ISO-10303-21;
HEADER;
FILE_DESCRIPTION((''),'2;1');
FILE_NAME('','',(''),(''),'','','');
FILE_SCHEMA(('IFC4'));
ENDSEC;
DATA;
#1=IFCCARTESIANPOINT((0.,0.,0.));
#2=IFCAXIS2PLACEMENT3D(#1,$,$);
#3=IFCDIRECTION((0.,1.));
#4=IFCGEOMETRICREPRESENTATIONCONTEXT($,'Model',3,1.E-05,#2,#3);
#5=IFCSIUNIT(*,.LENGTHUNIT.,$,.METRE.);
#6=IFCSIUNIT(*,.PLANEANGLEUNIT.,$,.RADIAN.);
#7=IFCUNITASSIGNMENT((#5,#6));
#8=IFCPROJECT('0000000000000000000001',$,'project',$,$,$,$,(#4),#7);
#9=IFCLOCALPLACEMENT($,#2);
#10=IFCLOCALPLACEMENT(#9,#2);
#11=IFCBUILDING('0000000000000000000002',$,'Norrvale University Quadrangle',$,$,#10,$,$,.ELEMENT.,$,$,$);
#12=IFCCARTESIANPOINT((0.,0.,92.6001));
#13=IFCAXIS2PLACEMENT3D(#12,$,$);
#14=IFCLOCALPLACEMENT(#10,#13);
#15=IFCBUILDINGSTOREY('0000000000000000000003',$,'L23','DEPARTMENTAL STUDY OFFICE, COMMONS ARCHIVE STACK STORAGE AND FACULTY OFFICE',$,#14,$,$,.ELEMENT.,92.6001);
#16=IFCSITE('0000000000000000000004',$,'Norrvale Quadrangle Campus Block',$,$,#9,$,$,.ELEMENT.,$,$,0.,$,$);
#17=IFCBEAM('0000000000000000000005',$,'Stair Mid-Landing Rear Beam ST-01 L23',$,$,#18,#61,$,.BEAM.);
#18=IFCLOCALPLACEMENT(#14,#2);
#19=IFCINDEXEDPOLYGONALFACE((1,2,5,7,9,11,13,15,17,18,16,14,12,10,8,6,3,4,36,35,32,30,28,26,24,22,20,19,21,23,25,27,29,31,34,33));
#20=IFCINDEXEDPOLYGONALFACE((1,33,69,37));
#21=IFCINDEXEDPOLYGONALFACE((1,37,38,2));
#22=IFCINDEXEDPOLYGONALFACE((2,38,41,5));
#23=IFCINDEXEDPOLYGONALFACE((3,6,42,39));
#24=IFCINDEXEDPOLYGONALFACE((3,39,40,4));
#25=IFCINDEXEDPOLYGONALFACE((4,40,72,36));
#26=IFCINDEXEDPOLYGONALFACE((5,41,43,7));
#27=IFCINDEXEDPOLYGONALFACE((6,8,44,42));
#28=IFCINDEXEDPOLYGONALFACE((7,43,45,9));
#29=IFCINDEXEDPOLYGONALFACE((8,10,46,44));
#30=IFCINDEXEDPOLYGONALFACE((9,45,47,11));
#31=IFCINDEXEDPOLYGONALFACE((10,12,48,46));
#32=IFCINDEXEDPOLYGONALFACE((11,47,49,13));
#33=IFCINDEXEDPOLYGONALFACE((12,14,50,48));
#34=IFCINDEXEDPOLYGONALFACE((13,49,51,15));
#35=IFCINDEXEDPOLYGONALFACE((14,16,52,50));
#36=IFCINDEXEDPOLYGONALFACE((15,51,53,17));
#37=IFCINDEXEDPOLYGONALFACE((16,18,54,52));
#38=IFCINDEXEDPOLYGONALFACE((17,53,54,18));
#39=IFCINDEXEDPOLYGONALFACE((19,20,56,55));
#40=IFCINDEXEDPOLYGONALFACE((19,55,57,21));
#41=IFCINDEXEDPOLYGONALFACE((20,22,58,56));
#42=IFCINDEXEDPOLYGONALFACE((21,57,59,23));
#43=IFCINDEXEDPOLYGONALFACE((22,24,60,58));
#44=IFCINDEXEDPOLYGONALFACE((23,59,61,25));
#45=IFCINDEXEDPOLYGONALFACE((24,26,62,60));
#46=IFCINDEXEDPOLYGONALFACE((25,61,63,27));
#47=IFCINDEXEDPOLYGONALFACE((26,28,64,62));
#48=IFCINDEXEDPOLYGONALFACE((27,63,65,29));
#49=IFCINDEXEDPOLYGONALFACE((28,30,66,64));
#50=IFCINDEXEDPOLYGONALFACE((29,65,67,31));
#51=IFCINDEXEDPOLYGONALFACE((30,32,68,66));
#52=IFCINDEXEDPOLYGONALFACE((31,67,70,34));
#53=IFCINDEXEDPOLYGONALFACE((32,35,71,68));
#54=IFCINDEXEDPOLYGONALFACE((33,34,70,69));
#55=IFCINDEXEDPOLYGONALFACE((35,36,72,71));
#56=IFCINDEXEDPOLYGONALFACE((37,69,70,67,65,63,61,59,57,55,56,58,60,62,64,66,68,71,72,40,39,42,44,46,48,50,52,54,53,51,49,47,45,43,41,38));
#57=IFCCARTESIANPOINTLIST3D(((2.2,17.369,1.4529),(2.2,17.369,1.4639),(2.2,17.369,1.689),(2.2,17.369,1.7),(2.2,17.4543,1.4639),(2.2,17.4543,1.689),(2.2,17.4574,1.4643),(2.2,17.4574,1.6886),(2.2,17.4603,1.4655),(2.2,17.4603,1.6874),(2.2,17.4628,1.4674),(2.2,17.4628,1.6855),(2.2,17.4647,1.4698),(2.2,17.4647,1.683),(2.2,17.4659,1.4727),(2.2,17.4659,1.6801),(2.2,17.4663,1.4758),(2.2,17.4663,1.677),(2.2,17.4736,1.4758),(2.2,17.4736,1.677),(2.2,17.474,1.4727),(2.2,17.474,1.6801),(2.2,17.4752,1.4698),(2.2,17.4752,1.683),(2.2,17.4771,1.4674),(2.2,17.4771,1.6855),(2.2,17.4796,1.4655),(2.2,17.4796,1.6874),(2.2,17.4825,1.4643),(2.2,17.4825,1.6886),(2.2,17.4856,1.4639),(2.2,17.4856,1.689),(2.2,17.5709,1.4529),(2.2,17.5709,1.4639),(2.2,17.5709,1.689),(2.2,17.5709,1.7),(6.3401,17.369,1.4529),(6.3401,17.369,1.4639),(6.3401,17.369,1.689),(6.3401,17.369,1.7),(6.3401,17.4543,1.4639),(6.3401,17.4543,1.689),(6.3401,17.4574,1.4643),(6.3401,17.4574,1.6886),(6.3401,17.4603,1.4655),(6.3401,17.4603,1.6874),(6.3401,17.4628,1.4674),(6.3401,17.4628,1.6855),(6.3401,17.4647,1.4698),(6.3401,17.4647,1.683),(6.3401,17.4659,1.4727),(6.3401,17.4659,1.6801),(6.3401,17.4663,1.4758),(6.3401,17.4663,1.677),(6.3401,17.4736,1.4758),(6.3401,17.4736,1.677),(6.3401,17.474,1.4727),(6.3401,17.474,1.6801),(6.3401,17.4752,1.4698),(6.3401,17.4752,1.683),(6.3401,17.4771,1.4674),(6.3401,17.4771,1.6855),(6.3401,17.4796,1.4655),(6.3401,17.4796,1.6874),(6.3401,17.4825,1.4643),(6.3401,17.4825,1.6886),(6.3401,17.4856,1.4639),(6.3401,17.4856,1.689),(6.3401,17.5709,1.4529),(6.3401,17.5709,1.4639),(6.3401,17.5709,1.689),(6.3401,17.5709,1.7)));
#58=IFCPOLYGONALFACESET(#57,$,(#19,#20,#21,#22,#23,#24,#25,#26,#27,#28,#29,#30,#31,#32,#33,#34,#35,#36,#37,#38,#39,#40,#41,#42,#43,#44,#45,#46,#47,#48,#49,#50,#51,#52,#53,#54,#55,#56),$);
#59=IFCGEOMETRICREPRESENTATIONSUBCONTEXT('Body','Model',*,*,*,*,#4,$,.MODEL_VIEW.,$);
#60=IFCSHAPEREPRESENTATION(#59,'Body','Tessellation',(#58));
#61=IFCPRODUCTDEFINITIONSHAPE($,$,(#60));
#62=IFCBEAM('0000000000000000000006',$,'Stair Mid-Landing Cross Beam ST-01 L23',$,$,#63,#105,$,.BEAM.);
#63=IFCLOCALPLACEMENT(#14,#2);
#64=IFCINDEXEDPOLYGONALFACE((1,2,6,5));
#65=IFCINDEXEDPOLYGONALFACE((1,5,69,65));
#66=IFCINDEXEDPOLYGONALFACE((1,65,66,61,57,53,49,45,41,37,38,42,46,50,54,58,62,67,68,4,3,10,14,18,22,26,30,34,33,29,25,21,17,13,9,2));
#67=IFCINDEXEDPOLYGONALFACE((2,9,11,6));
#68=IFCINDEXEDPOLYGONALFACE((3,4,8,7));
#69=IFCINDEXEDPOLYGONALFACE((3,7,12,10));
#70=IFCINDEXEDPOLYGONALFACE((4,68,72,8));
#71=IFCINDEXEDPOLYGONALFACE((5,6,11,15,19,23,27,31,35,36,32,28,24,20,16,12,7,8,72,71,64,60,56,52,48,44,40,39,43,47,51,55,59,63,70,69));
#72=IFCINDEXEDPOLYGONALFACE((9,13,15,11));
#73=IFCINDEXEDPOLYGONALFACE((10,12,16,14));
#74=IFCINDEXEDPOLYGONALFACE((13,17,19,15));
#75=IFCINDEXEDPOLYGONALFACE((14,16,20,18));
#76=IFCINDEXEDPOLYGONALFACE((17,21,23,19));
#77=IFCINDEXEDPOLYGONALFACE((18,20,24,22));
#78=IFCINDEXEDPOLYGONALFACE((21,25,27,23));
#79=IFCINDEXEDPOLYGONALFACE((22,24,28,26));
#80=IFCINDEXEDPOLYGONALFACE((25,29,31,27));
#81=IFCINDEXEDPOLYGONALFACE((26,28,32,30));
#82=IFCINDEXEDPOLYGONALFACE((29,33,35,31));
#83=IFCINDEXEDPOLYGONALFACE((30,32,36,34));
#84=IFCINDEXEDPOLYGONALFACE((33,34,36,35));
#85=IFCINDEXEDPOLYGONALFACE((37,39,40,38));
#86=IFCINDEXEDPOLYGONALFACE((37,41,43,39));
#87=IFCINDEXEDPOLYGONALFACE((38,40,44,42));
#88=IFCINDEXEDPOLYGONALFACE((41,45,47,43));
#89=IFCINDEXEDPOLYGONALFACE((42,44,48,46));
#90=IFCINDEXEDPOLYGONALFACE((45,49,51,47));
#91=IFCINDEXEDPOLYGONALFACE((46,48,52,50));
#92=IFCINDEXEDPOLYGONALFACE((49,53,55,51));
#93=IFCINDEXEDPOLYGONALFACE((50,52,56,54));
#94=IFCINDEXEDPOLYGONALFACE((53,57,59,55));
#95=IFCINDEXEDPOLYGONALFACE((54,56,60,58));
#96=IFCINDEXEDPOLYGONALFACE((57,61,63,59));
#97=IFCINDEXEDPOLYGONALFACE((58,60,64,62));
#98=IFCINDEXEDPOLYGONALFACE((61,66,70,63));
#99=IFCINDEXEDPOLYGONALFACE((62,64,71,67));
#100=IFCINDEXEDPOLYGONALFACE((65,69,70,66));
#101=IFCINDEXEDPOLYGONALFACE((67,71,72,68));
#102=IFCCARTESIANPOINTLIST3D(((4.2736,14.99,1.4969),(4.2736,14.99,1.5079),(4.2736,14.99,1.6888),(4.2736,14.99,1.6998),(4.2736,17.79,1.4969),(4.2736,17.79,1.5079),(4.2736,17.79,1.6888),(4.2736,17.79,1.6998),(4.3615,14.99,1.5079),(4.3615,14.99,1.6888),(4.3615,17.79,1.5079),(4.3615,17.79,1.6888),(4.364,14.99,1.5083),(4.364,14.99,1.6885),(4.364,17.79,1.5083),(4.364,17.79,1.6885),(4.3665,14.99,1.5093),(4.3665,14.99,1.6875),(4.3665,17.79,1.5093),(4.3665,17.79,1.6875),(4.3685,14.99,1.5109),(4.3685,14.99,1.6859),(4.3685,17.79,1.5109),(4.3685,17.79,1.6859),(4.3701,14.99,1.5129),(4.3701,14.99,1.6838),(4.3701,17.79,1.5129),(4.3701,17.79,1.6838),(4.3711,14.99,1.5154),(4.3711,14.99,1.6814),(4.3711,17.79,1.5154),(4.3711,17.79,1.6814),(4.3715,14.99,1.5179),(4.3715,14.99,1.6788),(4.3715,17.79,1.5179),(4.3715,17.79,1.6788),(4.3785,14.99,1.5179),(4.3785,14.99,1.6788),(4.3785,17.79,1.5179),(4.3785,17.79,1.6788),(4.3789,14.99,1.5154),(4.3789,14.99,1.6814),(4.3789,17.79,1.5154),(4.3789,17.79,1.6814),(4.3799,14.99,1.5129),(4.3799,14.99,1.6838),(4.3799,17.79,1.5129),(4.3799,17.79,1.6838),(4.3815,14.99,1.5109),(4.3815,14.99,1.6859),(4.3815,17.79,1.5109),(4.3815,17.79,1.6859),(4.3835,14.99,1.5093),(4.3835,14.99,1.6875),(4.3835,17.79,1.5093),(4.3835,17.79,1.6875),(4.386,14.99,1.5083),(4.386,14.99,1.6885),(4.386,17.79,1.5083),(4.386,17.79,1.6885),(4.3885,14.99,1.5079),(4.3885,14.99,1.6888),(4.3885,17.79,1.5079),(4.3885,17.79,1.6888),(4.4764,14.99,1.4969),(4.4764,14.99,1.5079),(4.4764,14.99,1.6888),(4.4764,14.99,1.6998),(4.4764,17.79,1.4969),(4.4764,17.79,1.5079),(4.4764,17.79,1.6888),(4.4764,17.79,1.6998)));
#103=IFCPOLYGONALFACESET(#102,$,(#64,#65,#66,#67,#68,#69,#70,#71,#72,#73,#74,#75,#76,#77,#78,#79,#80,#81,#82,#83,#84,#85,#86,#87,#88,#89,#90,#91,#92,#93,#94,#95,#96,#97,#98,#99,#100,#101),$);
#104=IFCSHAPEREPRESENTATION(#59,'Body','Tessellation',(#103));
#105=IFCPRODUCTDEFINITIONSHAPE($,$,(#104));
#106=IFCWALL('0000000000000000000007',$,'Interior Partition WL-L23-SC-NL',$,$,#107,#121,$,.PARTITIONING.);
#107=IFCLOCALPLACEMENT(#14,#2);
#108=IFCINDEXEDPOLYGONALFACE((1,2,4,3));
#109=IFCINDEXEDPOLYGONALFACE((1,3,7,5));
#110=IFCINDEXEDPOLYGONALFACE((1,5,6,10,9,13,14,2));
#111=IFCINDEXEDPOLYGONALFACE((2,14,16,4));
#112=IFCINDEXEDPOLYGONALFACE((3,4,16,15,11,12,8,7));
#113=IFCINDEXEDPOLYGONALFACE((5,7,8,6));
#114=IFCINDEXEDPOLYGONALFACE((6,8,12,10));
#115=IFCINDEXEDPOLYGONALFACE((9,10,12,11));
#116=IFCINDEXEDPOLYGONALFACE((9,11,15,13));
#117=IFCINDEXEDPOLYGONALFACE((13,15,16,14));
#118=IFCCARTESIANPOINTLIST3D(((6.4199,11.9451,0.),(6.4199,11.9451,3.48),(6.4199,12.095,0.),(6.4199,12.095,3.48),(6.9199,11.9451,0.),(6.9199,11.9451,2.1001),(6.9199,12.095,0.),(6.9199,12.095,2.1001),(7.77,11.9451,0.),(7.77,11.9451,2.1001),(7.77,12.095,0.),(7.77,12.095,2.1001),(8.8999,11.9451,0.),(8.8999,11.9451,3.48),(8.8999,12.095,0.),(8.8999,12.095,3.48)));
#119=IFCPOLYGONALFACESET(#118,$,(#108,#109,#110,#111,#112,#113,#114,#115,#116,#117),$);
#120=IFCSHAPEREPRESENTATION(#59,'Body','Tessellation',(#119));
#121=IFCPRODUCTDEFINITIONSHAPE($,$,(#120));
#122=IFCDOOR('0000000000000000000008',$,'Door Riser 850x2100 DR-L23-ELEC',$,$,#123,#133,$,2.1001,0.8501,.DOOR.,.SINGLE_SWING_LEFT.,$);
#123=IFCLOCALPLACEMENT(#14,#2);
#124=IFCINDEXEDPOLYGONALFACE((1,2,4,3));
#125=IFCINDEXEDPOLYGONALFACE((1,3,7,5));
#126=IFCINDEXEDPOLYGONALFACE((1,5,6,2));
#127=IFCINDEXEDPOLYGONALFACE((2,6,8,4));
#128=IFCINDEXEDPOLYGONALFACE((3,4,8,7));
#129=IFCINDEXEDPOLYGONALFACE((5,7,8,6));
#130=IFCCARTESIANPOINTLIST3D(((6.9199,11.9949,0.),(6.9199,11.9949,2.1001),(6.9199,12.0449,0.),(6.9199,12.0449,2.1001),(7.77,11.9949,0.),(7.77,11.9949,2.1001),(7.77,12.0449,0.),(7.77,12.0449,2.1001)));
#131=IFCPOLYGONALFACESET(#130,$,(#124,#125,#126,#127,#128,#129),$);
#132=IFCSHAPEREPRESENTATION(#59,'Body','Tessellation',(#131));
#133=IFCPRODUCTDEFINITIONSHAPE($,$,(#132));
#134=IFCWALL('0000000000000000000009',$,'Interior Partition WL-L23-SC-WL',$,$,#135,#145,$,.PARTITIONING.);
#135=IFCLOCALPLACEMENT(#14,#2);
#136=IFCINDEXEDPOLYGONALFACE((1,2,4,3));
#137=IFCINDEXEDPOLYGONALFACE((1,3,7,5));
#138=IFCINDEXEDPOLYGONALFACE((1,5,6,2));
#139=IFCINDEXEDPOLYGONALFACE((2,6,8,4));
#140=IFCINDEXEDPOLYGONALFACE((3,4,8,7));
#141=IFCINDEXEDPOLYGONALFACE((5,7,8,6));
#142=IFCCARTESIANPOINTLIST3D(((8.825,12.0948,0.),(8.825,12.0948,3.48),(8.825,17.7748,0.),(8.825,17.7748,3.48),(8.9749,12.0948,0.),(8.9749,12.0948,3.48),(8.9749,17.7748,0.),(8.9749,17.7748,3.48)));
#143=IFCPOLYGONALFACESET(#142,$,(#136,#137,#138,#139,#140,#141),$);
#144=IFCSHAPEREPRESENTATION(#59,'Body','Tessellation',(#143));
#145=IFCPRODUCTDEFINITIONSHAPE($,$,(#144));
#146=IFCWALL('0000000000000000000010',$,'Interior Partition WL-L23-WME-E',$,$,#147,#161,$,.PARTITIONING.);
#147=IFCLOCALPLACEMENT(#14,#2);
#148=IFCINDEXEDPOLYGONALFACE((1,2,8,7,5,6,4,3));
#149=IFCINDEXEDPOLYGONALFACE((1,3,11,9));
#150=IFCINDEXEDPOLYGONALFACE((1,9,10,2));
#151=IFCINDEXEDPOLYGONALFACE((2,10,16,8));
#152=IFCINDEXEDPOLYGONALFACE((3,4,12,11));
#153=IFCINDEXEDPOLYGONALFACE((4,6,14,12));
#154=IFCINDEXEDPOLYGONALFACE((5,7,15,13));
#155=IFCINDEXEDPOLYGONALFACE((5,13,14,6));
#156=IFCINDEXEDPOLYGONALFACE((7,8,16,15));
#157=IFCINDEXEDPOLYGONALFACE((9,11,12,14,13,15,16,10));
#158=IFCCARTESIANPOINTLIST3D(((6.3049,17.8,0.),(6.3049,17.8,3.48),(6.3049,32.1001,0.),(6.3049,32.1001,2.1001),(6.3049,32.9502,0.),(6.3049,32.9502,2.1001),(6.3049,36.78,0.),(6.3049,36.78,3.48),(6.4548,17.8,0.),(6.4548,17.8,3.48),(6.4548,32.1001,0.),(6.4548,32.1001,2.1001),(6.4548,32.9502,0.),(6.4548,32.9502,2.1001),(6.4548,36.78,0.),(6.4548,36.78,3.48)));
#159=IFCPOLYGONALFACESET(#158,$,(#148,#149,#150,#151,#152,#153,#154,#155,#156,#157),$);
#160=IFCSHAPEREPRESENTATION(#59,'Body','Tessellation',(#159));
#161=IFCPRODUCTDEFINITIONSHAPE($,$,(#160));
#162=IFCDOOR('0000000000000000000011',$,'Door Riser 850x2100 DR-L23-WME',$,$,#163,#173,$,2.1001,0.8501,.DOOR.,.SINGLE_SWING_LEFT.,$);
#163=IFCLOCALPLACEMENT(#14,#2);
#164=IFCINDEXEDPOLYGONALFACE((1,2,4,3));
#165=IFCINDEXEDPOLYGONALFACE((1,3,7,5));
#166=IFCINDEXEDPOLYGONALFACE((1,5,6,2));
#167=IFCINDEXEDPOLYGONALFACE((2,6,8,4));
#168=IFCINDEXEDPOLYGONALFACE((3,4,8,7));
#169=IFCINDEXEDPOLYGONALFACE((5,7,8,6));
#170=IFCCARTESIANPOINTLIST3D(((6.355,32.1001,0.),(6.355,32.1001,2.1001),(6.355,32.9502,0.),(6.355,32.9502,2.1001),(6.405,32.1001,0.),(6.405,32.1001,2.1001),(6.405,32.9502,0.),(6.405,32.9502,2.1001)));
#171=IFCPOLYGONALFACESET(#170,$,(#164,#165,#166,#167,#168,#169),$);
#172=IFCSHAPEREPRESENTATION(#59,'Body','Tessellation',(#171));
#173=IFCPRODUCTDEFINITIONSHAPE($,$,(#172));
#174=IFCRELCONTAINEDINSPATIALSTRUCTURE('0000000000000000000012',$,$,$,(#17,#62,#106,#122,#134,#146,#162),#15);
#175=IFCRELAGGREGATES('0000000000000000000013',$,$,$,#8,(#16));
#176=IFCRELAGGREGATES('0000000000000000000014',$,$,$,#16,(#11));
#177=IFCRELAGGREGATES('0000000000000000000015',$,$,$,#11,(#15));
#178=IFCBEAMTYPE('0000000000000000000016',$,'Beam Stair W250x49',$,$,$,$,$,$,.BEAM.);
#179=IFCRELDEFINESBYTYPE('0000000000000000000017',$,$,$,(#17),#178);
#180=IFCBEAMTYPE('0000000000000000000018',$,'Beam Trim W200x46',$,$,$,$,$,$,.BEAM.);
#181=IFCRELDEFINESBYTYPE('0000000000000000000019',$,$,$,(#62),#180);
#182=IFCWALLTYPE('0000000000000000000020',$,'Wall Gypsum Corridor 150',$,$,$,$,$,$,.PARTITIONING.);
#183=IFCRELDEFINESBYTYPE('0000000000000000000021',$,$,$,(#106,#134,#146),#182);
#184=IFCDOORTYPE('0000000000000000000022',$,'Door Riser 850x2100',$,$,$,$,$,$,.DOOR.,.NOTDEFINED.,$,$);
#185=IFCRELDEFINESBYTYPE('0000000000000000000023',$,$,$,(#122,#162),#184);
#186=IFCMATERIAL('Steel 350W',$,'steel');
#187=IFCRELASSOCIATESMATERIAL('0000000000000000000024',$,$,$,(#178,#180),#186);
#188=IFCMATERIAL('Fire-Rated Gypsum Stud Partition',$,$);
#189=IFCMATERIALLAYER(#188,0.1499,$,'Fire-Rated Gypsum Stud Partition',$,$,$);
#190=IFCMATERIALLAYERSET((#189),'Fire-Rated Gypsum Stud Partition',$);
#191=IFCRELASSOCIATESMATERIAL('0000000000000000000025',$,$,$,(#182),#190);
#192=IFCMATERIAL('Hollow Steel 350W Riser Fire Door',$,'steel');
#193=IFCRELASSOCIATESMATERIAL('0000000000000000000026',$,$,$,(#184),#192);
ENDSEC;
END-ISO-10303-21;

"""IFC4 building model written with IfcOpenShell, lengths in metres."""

from ifc_helpers import new_model, si_unit, direction, frame, frame_2d, origin, origin_2d, place, context, subcontext, project, spatial, rectangle, i_section, extrude, material, layer, layer_set, material_profile, profile_set, type_object, element, fill, save


model = new_model("IFC4")

# Units and contexts
model_context = context("Model", 3, precision=1e-05, world=origin(), true_north=direction((0.0, 1.0)))
body_context = subcontext(model_context, "Body", "Model", "MODEL_VIEW")
ifc_project = project(units=[si_unit("LENGTHUNIT", "METRE"), si_unit("PLANEANGLEUNIT", "RADIAN")], contexts=[model_context])

# Site, building, storey
site_placement = place(None, origin())
site = spatial("IfcSite", under=ifc_project, at=site_placement, Name="Norrvale Quadrangle Campus Block", CompositionType="ELEMENT", RefElevation=0.0)
building_placement = place(site_placement, origin())
building = spatial("IfcBuilding", under=site, at=building_placement, Name="Norrvale University Quadrangle", CompositionType="ELEMENT")
storey_placement = place(building_placement, frame((0.0, 0.0, 92.6001)))
storey = spatial("IfcBuildingStorey", under=building, at=storey_placement, Name="L23", Description="DEPARTMENTAL STUDY OFFICE, COMMONS ARCHIVE STACK STORAGE AND FACULTY OFFICE", CompositionType="ELEMENT", Elevation=92.6001)

# Beams
ifc_material_1 = material(Name="Steel 350W", Category="steel")
ifc_material_profile_1 = material_profile(ifc_material_1, i_section(OverallWidth=0.2019, OverallDepth=0.2471, WebThickness=0.0073, FlangeThickness=0.011, FilletRadius=0.012, at=origin_2d()), Name="Steel 350W")
ifc_profile_set_1 = profile_set([ifc_material_profile_1], Name="Steel 350W")
beam_type_1 = type_object("IfcBeamType", Name="Beam Stair W250x49", PredefinedType="BEAM", material=ifc_profile_set_1)
for number, where, z_axis, x_axis, name in (
    (1, (2.2, 17.47, 1.5764), (1.0, 0.0, 0.0), (0.0, 1.0, 0.0), "Stair Mid-Landing Rear Beam ST-01 L23"),
):
    element("IfcBeam", number, at=place(storey_placement, frame(where, z_axis=z_axis, x_axis=x_axis)), inside=storey, type_object=beam_type_1, Name=name, PredefinedType="BEAM", context=body_context, shape_type="SweptSolid", body=[
        extrude(i_section(OverallWidth=0.2019, OverallDepth=0.2471, WebThickness=0.0073, FlangeThickness=0.011, FilletRadius=0.012, at=origin_2d()), origin(), (0.0, 0.0, 1.0), 4.1401),
    ])
ifc_material_profile_2 = material_profile(ifc_material_1, i_section(OverallWidth=0.2029, OverallDepth=0.2029, WebThickness=0.0071, FlangeThickness=0.011, FilletRadius=0.01, at=origin_2d()), Name="Steel 350W")
ifc_profile_set_2 = profile_set([ifc_material_profile_2], Name="Steel 350W")
beam_type_2 = type_object("IfcBeamType", Name="Beam Trim W200x46", PredefinedType="BEAM", material=ifc_profile_set_2)
beam_1_placement = place(storey_placement, frame((4.375, 14.99, 1.5984), z_axis=(0.0, 1.0, 0.0), x_axis=(-1.0, 0.0, 0.0)))
element("IfcBeam", 2, at=beam_1_placement, inside=storey, type_object=beam_type_2, Name="Stair Mid-Landing Cross Beam ST-01 L23", PredefinedType="BEAM", context=body_context, shape_type="SweptSolid", body=[
    extrude(i_section(OverallWidth=0.2029, OverallDepth=0.2029, WebThickness=0.0071, FlangeThickness=0.011, FilletRadius=0.01, at=origin_2d()), origin(), (0.0, 0.0, 1.0), 2.8),
])

# Wall, opening, door
ifc_material_2 = material(Name="Fire-Rated Gypsum Stud Partition")
ifc_layer_1 = layer(ifc_material_2, 0.1499, Name="Fire-Rated Gypsum Stud Partition")
ifc_layer_set_1 = layer_set([ifc_layer_1], Name="Fire-Rated Gypsum Stud Partition")
wall_type_1 = type_object("IfcWallType", Name="Wall Gypsum Corridor 150", PredefinedType="PARTITIONING", material=ifc_layer_set_1)
wall_1_placement = place(storey_placement, frame((6.4199, 12.02, 0.0), z_axis=(0.0, 0.0, 1.0), x_axis=(1.0, 0.0, 0.0)))
wall_1 = element("IfcWall", 3, at=wall_1_placement, inside=storey, type_object=wall_type_1, Name="Interior Partition WL-L23-SC-NL", PredefinedType="PARTITIONING", context=body_context, shape_type="SweptSolid", body=[
    extrude(rectangle(XDim=2.48, YDim=0.1499, at=frame_2d((1.24, 0.0))), origin(), (0.0, 0.0, 1.0), 3.48),
])
opening_1_placement = place(wall_1_placement, frame((0.5, 0.0, 0.0)))
opening_1 = element("IfcOpeningElement", 4, at=opening_1_placement, cuts=wall_1, PredefinedType="OPENING", context=body_context, shape_type="SweptSolid", body=[
    extrude(rectangle(XDim=0.8501, YDim=2.1001, at=frame_2d((0.425, 1.05))), frame((0.0, 0.0869, 0.0), z_axis=(0.0, -1.0, 0.0), x_axis=(1.0, 0.0, 0.0)), (0.0, 0.0, 1.0), 0.1738),
])
ifc_material_3 = material(Name="Hollow Steel 350W Riser Fire Door", Category="steel")
door_type = type_object("IfcDoorType", Name="Door Riser 850x2100", OperationType="NOTDEFINED", PredefinedType="DOOR", material=ifc_material_3)
door_1_placement = place(opening_1_placement, origin())
door_1 = element("IfcDoor", 5, at=door_1_placement, inside=storey, type_object=door_type, Name="Door Riser 850x2100 DR-L23-ELEC", OperationType="SINGLE_SWING_LEFT", OverallHeight=2.1001, OverallWidth=0.8501, PredefinedType="DOOR", context=body_context, shape_type="SweptSolid", body=[
    extrude(rectangle(XDim=0.8501, YDim=2.1001, at=frame_2d((0.425, 1.05))), frame((0.0, 0.0249, 0.0), z_axis=(0.0, -1.0, 0.0), x_axis=(1.0, 0.0, 0.0)), (0.0, 0.0, 1.0), 0.05),
])
fill(opening_1, door_1)

# Wall
wall_2_placement = place(storey_placement, frame((8.8999, 12.095, 0.0), z_axis=(0.0, 0.0, 1.0), x_axis=(0.0, 1.0, 0.0)))
element("IfcWall", 6, at=wall_2_placement, inside=storey, type_object=wall_type_1, Name="Interior Partition WL-L23-SC-WL", PredefinedType="PARTITIONING", context=body_context, shape_type="SweptSolid", body=[
    extrude(rectangle(XDim=5.6799, YDim=0.1499, at=frame_2d((2.8398, 0.0))), origin(), (0.0, 0.0, 1.0), 3.48),
])

# Wall, opening, door
wall_3_placement = place(storey_placement, frame((6.3799, 17.8, 0.0), z_axis=(0.0, 0.0, 1.0), x_axis=(0.0, 1.0, 0.0)))
wall_3 = element("IfcWall", 7, at=wall_3_placement, inside=storey, type_object=wall_type_1, Name="Interior Partition WL-L23-WME-E", PredefinedType="PARTITIONING", context=body_context, shape_type="SweptSolid", body=[
    extrude(rectangle(XDim=18.98, YDim=0.1499, at=frame_2d((9.49, 0.0))), origin(), (0.0, 0.0, 1.0), 3.48),
])
opening_2_placement = place(wall_3_placement, frame((14.3, 0.0, 0.0)))
opening_2 = element("IfcOpeningElement", 8, at=opening_2_placement, cuts=wall_3, PredefinedType="OPENING", context=body_context, shape_type="SweptSolid", body=[
    extrude(rectangle(XDim=0.8501, YDim=2.1001, at=frame_2d((0.425, 1.05))), frame((0.0, 0.0869, 0.0), z_axis=(0.0, -1.0, 0.0), x_axis=(1.0, 0.0, 0.0)), (0.0, 0.0, 1.0), 0.1738),
])
door_2_placement = place(opening_2_placement, origin())
door_2 = element("IfcDoor", 9, at=door_2_placement, inside=storey, type_object=door_type, Name="Door Riser 850x2100 DR-L23-WME", OperationType="SINGLE_SWING_LEFT", OverallHeight=2.1001, OverallWidth=0.8501, PredefinedType="DOOR", context=body_context, shape_type="SweptSolid", body=[
    extrude(rectangle(XDim=0.8501, YDim=2.1001, at=frame_2d((0.425, 1.05))), frame((0.0, 0.0249, 0.0), z_axis=(0.0, -1.0, 0.0), x_axis=(1.0, 0.0, 0.0)), (0.0, 0.0, 1.0), 0.05),
])
fill(opening_2, door_2)

save(model, "model.ifc")
